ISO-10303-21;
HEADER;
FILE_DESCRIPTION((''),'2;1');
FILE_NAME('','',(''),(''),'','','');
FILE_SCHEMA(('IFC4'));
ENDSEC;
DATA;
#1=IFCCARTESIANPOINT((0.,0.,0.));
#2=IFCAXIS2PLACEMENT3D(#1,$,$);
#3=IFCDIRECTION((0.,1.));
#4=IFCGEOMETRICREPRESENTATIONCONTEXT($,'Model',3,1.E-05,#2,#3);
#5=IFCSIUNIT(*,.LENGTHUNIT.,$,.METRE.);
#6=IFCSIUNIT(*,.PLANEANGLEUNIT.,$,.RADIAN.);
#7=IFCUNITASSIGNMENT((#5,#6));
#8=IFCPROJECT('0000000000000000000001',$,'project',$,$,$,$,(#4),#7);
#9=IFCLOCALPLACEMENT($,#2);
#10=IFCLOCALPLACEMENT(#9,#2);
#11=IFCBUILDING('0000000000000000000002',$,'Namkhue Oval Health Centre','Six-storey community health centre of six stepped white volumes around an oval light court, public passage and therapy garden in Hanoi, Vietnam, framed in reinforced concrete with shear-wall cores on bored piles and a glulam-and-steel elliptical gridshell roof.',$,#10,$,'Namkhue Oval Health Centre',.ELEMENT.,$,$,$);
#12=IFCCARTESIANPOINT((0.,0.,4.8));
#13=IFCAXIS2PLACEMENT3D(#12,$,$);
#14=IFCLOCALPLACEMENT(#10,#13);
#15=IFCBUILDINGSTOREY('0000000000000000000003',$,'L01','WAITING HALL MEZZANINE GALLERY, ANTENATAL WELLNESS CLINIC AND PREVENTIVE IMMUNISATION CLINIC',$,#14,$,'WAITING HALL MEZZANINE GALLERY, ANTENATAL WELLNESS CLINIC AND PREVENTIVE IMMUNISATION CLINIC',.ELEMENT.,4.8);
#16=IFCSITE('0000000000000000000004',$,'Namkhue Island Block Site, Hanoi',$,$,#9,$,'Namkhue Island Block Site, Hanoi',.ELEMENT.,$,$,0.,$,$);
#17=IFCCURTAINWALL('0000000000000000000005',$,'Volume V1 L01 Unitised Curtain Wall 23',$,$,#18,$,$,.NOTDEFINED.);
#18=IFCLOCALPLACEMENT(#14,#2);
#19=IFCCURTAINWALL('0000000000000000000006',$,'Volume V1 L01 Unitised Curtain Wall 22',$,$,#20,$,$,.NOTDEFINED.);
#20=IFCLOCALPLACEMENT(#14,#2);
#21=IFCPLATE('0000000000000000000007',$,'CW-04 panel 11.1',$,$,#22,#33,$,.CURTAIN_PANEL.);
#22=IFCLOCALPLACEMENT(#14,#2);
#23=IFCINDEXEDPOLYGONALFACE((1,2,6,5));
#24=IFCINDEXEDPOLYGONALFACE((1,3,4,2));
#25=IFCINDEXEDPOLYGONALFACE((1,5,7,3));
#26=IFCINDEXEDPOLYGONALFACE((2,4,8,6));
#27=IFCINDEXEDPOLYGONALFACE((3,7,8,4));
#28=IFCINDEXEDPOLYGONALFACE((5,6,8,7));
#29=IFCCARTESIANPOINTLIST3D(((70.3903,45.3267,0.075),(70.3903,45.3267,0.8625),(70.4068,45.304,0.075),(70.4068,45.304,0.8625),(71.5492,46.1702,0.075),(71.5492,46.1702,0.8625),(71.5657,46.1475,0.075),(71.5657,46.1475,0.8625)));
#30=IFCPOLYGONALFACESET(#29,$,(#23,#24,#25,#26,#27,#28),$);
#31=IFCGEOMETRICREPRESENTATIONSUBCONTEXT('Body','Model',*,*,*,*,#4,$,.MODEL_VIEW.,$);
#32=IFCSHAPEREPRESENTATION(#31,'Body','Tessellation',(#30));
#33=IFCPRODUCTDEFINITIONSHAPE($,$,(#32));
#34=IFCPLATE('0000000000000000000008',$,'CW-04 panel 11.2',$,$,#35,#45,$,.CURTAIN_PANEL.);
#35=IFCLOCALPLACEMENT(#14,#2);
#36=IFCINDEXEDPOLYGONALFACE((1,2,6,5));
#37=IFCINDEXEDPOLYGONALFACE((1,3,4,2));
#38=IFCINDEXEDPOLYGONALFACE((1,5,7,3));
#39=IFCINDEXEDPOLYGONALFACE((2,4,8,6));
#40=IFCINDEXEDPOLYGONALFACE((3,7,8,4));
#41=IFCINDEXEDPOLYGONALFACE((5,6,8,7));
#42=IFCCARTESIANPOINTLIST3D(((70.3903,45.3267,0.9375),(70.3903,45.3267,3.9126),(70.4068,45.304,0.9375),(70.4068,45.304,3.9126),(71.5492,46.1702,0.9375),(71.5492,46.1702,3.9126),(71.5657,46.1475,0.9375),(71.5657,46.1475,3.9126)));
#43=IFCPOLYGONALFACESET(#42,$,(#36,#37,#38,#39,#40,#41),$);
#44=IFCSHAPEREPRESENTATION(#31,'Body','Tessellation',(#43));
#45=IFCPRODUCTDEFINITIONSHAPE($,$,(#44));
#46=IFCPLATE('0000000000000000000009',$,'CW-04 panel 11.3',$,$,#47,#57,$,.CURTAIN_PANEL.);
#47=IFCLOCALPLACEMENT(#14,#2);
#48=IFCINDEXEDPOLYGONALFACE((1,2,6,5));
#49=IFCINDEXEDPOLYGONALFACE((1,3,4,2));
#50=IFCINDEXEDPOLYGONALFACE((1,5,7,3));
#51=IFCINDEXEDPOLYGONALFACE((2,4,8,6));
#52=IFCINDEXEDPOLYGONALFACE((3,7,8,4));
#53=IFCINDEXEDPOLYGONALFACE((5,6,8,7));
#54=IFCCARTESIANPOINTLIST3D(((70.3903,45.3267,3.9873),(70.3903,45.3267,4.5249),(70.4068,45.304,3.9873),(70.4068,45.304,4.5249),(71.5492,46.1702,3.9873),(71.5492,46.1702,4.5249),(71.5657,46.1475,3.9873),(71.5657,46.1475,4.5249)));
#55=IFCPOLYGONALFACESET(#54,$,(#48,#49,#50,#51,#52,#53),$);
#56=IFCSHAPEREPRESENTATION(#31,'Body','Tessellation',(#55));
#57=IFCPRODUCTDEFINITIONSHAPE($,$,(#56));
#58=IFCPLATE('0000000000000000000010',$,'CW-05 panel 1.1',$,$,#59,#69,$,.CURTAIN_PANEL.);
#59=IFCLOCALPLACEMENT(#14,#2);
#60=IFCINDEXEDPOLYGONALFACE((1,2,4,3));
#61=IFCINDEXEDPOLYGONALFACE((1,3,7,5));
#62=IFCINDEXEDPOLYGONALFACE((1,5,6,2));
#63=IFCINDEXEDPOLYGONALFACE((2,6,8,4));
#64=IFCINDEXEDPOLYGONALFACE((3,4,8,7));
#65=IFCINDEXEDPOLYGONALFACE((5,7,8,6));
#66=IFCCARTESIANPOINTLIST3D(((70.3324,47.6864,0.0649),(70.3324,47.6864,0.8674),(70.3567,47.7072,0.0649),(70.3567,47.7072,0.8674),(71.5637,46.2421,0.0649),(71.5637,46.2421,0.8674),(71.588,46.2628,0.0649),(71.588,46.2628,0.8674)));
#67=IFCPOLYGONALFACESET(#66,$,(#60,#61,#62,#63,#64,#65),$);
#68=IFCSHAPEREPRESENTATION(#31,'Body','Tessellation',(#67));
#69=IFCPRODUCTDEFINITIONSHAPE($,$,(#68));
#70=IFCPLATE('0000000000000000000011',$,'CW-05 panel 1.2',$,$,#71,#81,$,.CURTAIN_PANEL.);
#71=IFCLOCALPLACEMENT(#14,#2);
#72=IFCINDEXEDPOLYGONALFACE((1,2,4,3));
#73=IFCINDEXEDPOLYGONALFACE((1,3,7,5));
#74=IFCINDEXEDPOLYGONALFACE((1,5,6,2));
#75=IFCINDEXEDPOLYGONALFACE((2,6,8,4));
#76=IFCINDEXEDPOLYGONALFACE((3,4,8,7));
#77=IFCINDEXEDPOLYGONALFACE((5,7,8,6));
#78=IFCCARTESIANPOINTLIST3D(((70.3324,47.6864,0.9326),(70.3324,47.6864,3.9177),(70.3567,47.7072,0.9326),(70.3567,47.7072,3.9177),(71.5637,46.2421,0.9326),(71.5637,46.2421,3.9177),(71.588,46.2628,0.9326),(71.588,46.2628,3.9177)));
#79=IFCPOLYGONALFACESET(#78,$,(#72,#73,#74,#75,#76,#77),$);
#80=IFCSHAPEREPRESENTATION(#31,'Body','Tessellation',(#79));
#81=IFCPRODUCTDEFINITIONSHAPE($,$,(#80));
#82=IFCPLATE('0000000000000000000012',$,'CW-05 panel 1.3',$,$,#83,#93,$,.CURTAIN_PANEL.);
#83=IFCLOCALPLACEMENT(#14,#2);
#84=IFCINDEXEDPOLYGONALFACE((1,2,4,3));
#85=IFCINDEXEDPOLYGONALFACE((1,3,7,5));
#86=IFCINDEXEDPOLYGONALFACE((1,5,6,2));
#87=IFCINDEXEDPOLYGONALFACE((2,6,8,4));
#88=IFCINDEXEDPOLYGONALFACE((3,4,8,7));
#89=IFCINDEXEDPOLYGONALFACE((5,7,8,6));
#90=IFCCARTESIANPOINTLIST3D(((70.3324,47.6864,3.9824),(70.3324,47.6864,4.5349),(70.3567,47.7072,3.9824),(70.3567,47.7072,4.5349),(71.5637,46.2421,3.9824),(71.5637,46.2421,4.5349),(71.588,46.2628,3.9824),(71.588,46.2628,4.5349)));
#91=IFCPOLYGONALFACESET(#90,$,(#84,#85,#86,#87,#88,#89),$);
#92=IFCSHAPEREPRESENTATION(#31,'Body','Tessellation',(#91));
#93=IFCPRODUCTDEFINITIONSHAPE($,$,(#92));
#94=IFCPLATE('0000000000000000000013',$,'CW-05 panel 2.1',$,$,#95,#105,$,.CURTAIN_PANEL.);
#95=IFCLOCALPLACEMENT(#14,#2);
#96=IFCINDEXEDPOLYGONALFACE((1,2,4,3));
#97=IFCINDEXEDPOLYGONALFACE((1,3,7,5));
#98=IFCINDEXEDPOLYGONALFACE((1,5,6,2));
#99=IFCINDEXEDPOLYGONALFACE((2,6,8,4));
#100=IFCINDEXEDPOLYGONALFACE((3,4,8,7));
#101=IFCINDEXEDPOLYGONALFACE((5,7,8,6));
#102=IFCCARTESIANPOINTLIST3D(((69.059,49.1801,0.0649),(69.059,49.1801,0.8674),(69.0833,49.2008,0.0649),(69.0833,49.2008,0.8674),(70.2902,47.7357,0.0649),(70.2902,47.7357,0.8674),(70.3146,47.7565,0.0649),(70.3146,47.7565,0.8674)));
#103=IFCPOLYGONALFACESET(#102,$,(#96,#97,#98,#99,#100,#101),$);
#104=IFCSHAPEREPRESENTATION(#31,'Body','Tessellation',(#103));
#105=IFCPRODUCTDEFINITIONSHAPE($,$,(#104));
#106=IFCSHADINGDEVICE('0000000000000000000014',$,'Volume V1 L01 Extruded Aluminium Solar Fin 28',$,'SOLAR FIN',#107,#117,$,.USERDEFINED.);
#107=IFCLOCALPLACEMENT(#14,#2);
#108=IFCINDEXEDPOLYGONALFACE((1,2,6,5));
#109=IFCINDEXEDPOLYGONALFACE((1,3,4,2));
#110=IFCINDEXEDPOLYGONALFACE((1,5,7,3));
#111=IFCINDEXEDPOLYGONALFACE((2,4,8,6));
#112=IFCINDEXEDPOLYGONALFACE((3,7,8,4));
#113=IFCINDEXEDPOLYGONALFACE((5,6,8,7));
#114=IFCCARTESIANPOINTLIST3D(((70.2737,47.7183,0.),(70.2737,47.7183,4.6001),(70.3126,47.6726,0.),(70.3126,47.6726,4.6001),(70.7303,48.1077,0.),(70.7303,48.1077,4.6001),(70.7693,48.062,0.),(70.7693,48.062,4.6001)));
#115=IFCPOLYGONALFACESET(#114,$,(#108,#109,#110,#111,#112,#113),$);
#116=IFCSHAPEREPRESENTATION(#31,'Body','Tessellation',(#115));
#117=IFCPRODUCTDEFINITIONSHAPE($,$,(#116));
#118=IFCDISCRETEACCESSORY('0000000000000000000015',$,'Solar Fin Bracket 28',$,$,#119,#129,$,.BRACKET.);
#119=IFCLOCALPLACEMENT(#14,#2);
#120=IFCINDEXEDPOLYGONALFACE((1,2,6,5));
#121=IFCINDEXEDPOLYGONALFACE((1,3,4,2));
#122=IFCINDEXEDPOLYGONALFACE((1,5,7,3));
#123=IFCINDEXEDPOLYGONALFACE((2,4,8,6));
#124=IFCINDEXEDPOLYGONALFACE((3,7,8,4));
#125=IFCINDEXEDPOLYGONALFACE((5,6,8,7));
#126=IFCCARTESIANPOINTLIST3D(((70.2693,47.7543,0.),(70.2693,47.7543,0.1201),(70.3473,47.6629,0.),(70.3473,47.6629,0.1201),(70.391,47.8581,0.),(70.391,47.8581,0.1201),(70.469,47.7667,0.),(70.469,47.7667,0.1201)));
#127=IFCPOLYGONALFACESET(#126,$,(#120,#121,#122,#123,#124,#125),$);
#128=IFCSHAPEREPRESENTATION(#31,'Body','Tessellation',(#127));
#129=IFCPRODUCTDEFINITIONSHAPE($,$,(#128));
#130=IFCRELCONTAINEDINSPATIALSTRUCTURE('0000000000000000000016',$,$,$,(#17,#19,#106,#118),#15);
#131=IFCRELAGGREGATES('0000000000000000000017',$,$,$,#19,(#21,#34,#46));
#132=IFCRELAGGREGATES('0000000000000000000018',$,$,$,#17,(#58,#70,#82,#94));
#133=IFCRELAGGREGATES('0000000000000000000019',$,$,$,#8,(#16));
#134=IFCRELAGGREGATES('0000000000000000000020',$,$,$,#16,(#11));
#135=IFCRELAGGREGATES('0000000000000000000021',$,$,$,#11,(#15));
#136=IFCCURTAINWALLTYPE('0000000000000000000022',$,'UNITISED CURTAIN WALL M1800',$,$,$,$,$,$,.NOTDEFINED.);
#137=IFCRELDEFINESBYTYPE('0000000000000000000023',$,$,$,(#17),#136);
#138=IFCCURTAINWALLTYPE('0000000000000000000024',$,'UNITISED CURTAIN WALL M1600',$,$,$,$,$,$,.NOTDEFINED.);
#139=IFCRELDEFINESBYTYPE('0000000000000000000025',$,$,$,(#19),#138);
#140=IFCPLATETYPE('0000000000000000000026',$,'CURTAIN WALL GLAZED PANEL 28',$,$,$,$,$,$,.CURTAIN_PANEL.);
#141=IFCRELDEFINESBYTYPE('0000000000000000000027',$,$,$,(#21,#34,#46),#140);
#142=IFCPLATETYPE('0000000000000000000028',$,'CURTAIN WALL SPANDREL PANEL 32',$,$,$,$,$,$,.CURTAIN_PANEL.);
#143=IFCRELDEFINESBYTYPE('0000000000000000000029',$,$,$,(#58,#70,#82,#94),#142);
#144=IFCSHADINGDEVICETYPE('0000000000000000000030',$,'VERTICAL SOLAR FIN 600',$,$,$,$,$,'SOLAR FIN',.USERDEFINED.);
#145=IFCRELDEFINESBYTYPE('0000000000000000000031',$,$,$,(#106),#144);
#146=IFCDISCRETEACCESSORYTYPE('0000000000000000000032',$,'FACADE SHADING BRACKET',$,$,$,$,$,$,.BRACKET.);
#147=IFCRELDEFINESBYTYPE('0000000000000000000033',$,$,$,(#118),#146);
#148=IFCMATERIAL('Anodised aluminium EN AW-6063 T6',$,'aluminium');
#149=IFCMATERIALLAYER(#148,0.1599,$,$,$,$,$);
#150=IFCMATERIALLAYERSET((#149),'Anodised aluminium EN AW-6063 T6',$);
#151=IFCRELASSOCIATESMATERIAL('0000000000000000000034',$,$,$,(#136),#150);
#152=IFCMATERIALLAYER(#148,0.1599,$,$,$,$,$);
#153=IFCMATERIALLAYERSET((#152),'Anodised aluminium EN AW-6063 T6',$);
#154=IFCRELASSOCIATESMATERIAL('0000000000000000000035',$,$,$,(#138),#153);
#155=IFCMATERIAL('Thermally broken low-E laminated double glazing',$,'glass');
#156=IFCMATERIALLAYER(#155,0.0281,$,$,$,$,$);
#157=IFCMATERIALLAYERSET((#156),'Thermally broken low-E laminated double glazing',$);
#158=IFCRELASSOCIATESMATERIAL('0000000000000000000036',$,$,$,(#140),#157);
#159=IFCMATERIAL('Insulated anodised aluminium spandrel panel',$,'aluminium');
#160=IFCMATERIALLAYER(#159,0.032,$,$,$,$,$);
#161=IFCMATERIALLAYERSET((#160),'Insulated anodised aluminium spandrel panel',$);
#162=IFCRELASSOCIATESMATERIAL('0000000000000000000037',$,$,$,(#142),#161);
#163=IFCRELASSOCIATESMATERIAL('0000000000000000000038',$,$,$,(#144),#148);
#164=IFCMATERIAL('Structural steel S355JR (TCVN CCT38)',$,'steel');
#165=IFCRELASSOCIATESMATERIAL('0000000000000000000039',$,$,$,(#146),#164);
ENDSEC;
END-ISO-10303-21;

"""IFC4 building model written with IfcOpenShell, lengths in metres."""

from ifc_helpers import new_model, si_unit, direction, frame, origin, origin_2d, place, context, subcontext, project, spatial, rectangle, extrude, material, layer, layer_set, type_object, element, aggregate, save


model = new_model("IFC4")

# Units and contexts
model_context = context("Model", 3, precision=1e-05, world=origin(), true_north=direction((0.0, 1.0)))
body_context = subcontext(model_context, "Body", "Model", "MODEL_VIEW")
ifc_project = project(units=[si_unit("LENGTHUNIT", "METRE"), si_unit("PLANEANGLEUNIT", "RADIAN")], contexts=[model_context])

# Site, building, storey
site_placement = place(None, origin())
site = spatial("IfcSite", under=ifc_project, at=site_placement, Name="Namkhue Island Block Site, Hanoi", LongName="Namkhue Island Block Site, Hanoi", CompositionType="ELEMENT", RefElevation=0.0)
building_placement = place(site_placement, origin())
building = spatial("IfcBuilding", under=site, at=building_placement, Name="Namkhue Oval Health Centre", Description="Six-storey community health centre of six stepped white volumes around an oval light court, public passage and therapy garden in Hanoi, Vietnam, framed in reinforced concrete with shear-wall cores on bored piles and a glulam-and-steel elliptical gridshell roof.", LongName="Namkhue Oval Health Centre", CompositionType="ELEMENT")
storey_placement = place(building_placement, frame((0.0, 0.0, 4.8)))
storey = spatial("IfcBuildingStorey", under=building, at=storey_placement, Name="L01", Description="WAITING HALL MEZZANINE GALLERY, ANTENATAL WELLNESS CLINIC AND PREVENTIVE IMMUNISATION CLINIC", LongName="WAITING HALL MEZZANINE GALLERY, ANTENATAL WELLNESS CLINIC AND PREVENTIVE IMMUNISATION CLINIC", CompositionType="ELEMENT", Elevation=4.8)

# Curtain wall
ifc_material_1 = material(Name="Anodised aluminium EN AW-6063 T6", Category="aluminium")
ifc_layer_1 = layer(ifc_material_1, 0.1599)
ifc_layer_set_1 = layer_set([ifc_layer_1], Name="Anodised aluminium EN AW-6063 T6")
curtain_wall_type_1 = type_object("IfcCurtainWallType", Name="UNITISED CURTAIN WALL M1800", PredefinedType="NOTDEFINED", material=ifc_layer_set_1)
curtain_wall_1_placement = place(storey_placement, origin())
curtain_wall_1 = element("IfcCurtainWall", 1, at=curtain_wall_1_placement, inside=storey, type_object=curtain_wall_type_1, Name="Volume V1 L01 Unitised Curtain Wall 23", PredefinedType="NOTDEFINED")

# Curtain wall
ifc_layer_2 = layer(ifc_material_1, 0.1599)
ifc_layer_set_2 = layer_set([ifc_layer_2], Name="Anodised aluminium EN AW-6063 T6")
curtain_wall_type_2 = type_object("IfcCurtainWallType", Name="UNITISED CURTAIN WALL M1600", PredefinedType="NOTDEFINED", material=ifc_layer_set_2)
curtain_wall_2_placement = place(storey_placement, origin())
curtain_wall_2 = element("IfcCurtainWall", 2, at=curtain_wall_2_placement, inside=storey, type_object=curtain_wall_type_2, Name="Volume V1 L01 Unitised Curtain Wall 22", PredefinedType="NOTDEFINED")

# Plates
ifc_material_2 = material(Name="Thermally broken low-E laminated double glazing", Category="glass")
ifc_layer_3 = layer(ifc_material_2, 0.0281)
ifc_layer_set_3 = layer_set([ifc_layer_3], Name="Thermally broken low-E laminated double glazing")
plate_type_1 = type_object("IfcPlateType", Name="CURTAIN WALL GLAZED PANEL 28", PredefinedType="CURTAIN_PANEL", material=ifc_layer_set_3)
plate_1_placement = place(storey_placement, frame((70.978, 45.7371, 0.075), z_axis=(0.0, 0.0, 1.0), x_axis=(0.808514, 0.588477, 0.0)))
plate_1 = element("IfcPlate", 3, at=plate_1_placement, type_object=plate_type_1, Name="CW-04 panel 11.1", PredefinedType="CURTAIN_PANEL", context=body_context, shape_type="SweptSolid", body=[
    extrude(rectangle(XDim=1.4333, YDim=0.0281, at=origin_2d()), origin(), (0.0, 0.0, 1.0), 0.7876),
])
plate_2_placement = place(storey_placement, frame((70.978, 45.7371, 0.9375), z_axis=(0.0, 0.0, 1.0), x_axis=(0.808514, 0.588477, 0.0)))
plate_2 = element("IfcPlate", 4, at=plate_2_placement, type_object=plate_type_1, Name="CW-04 panel 11.2", PredefinedType="CURTAIN_PANEL", context=body_context, shape_type="SweptSolid", body=[
    extrude(rectangle(XDim=1.4333, YDim=0.0281, at=origin_2d()), origin(), (0.0, 0.0, 1.0), 2.9751),
])
plate_3_placement = place(storey_placement, frame((70.978, 45.7371, 3.9873), z_axis=(0.0, 0.0, 1.0), x_axis=(0.808514, 0.588477, 0.0)))
plate_3 = element("IfcPlate", 5, at=plate_3_placement, type_object=plate_type_1, Name="CW-04 panel 11.3", PredefinedType="CURTAIN_PANEL", context=body_context, shape_type="SweptSolid", body=[
    extrude(rectangle(XDim=1.4333, YDim=0.0281, at=origin_2d()), origin(), (0.0, 0.0, 1.0), 0.5376),
])
aggregate(curtain_wall_2, [plate_1, plate_2, plate_3])
ifc_material_3 = material(Name="Insulated anodised aluminium spandrel panel", Category="aluminium")
ifc_layer_4 = layer(ifc_material_3, 0.032)
ifc_layer_set_4 = layer_set([ifc_layer_4], Name="Insulated anodised aluminium spandrel panel")
plate_type_2 = type_object("IfcPlateType", Name="CURTAIN WALL SPANDREL PANEL 32", PredefinedType="CURTAIN_PANEL", material=ifc_layer_set_4)
plate_4_placement = place(storey_placement, frame((70.9602, 46.9746, 0.0649), z_axis=(0.0, 0.0, 1.0), x_axis=(-0.648746, 0.761005, 0.0)))
plate_4 = element("IfcPlate", 6, at=plate_4_placement, type_object=plate_type_2, Name="CW-05 panel 1.1", PredefinedType="CURTAIN_PANEL", context=body_context, shape_type="SweptSolid", body=[
    extrude(rectangle(XDim=1.8979, YDim=0.032, at=origin_2d()), origin(), (0.0, 0.0, 1.0), 0.8025),
])
plate_5_placement = place(storey_placement, frame((70.9602, 46.9746, 0.9326), z_axis=(0.0, 0.0, 1.0), x_axis=(-0.648746, 0.761005, 0.0)))
plate_5 = element("IfcPlate", 7, at=plate_5_placement, type_object=plate_type_2, Name="CW-05 panel 1.2", PredefinedType="CURTAIN_PANEL", context=body_context, shape_type="SweptSolid", body=[
    extrude(rectangle(XDim=1.8979, YDim=0.032, at=origin_2d()), origin(), (0.0, 0.0, 1.0), 2.9851),
])
plate_6_placement = place(storey_placement, frame((70.9602, 46.9746, 3.9824), z_axis=(0.0, 0.0, 1.0), x_axis=(-0.648746, 0.761005, 0.0)))
plate_6 = element("IfcPlate", 8, at=plate_6_placement, type_object=plate_type_2, Name="CW-05 panel 1.3", PredefinedType="CURTAIN_PANEL", context=body_context, shape_type="SweptSolid", body=[
    extrude(rectangle(XDim=1.8979, YDim=0.032, at=origin_2d()), origin(), (0.0, 0.0, 1.0), 0.5525),
])
plate_7_placement = place(storey_placement, frame((69.6868, 48.4683, 0.0649), z_axis=(0.0, 0.0, 1.0), x_axis=(-0.648746, 0.761005, 0.0)))
plate_7 = element("IfcPlate", 9, at=plate_7_placement, type_object=plate_type_2, Name="CW-05 panel 2.1", PredefinedType="CURTAIN_PANEL", context=body_context, shape_type="SweptSolid", body=[
    extrude(rectangle(XDim=1.8979, YDim=0.032, at=origin_2d()), origin(), (0.0, 0.0, 1.0), 0.8025),
])
aggregate(curtain_wall_1, [plate_4, plate_5, plate_6, plate_7])

# Shading device
shading_device_type = type_object("IfcShadingDeviceType", Name="VERTICAL SOLAR FIN 600", ElementType="SOLAR FIN", PredefinedType="USERDEFINED", material=ifc_material_1)
shading_device_placement = place(storey_placement, frame((70.5215, 47.8901, 0.0), z_axis=(0.0, 0.0, 1.0), x_axis=(0.760972, 0.648784, 0.0)))
element("IfcShadingDevice", 10, at=shading_device_placement, inside=storey, type_object=shading_device_type, Name="Volume V1 L01 Extruded Aluminium Solar Fin 28", ObjectType="SOLAR FIN", PredefinedType="USERDEFINED", context=body_context, shape_type="SweptSolid", body=[
    extrude(rectangle(XDim=0.6001, YDim=0.0601, at=origin_2d()), origin(), (0.0, 0.0, 1.0), 4.6001),
])

# Discrete accessory
ifc_material_4 = material(Name="Structural steel S355JR (TCVN CCT38)", Category="steel")
discrete_accessory_type = type_object("IfcDiscreteAccessoryType", Name="FACADE SHADING BRACKET", PredefinedType="BRACKET", material=ifc_material_4)
discrete_accessory_placement = place(storey_placement, frame((70.3691, 47.7605, 0.0), z_axis=(0.0, 0.0, 1.0), x_axis=(0.760972, 0.648784, 0.0)))
element("IfcDiscreteAccessory", 11, at=discrete_accessory_placement, inside=storey, type_object=discrete_accessory_type, Name="Solar Fin Bracket 28", PredefinedType="BRACKET", context=body_context, shape_type="SweptSolid", body=[
    extrude(rectangle(XDim=0.1599, YDim=0.1201, at=origin_2d()), origin(), (0.0, 0.0, 1.0), 0.1201),
])

save(model, "model.ifc")
